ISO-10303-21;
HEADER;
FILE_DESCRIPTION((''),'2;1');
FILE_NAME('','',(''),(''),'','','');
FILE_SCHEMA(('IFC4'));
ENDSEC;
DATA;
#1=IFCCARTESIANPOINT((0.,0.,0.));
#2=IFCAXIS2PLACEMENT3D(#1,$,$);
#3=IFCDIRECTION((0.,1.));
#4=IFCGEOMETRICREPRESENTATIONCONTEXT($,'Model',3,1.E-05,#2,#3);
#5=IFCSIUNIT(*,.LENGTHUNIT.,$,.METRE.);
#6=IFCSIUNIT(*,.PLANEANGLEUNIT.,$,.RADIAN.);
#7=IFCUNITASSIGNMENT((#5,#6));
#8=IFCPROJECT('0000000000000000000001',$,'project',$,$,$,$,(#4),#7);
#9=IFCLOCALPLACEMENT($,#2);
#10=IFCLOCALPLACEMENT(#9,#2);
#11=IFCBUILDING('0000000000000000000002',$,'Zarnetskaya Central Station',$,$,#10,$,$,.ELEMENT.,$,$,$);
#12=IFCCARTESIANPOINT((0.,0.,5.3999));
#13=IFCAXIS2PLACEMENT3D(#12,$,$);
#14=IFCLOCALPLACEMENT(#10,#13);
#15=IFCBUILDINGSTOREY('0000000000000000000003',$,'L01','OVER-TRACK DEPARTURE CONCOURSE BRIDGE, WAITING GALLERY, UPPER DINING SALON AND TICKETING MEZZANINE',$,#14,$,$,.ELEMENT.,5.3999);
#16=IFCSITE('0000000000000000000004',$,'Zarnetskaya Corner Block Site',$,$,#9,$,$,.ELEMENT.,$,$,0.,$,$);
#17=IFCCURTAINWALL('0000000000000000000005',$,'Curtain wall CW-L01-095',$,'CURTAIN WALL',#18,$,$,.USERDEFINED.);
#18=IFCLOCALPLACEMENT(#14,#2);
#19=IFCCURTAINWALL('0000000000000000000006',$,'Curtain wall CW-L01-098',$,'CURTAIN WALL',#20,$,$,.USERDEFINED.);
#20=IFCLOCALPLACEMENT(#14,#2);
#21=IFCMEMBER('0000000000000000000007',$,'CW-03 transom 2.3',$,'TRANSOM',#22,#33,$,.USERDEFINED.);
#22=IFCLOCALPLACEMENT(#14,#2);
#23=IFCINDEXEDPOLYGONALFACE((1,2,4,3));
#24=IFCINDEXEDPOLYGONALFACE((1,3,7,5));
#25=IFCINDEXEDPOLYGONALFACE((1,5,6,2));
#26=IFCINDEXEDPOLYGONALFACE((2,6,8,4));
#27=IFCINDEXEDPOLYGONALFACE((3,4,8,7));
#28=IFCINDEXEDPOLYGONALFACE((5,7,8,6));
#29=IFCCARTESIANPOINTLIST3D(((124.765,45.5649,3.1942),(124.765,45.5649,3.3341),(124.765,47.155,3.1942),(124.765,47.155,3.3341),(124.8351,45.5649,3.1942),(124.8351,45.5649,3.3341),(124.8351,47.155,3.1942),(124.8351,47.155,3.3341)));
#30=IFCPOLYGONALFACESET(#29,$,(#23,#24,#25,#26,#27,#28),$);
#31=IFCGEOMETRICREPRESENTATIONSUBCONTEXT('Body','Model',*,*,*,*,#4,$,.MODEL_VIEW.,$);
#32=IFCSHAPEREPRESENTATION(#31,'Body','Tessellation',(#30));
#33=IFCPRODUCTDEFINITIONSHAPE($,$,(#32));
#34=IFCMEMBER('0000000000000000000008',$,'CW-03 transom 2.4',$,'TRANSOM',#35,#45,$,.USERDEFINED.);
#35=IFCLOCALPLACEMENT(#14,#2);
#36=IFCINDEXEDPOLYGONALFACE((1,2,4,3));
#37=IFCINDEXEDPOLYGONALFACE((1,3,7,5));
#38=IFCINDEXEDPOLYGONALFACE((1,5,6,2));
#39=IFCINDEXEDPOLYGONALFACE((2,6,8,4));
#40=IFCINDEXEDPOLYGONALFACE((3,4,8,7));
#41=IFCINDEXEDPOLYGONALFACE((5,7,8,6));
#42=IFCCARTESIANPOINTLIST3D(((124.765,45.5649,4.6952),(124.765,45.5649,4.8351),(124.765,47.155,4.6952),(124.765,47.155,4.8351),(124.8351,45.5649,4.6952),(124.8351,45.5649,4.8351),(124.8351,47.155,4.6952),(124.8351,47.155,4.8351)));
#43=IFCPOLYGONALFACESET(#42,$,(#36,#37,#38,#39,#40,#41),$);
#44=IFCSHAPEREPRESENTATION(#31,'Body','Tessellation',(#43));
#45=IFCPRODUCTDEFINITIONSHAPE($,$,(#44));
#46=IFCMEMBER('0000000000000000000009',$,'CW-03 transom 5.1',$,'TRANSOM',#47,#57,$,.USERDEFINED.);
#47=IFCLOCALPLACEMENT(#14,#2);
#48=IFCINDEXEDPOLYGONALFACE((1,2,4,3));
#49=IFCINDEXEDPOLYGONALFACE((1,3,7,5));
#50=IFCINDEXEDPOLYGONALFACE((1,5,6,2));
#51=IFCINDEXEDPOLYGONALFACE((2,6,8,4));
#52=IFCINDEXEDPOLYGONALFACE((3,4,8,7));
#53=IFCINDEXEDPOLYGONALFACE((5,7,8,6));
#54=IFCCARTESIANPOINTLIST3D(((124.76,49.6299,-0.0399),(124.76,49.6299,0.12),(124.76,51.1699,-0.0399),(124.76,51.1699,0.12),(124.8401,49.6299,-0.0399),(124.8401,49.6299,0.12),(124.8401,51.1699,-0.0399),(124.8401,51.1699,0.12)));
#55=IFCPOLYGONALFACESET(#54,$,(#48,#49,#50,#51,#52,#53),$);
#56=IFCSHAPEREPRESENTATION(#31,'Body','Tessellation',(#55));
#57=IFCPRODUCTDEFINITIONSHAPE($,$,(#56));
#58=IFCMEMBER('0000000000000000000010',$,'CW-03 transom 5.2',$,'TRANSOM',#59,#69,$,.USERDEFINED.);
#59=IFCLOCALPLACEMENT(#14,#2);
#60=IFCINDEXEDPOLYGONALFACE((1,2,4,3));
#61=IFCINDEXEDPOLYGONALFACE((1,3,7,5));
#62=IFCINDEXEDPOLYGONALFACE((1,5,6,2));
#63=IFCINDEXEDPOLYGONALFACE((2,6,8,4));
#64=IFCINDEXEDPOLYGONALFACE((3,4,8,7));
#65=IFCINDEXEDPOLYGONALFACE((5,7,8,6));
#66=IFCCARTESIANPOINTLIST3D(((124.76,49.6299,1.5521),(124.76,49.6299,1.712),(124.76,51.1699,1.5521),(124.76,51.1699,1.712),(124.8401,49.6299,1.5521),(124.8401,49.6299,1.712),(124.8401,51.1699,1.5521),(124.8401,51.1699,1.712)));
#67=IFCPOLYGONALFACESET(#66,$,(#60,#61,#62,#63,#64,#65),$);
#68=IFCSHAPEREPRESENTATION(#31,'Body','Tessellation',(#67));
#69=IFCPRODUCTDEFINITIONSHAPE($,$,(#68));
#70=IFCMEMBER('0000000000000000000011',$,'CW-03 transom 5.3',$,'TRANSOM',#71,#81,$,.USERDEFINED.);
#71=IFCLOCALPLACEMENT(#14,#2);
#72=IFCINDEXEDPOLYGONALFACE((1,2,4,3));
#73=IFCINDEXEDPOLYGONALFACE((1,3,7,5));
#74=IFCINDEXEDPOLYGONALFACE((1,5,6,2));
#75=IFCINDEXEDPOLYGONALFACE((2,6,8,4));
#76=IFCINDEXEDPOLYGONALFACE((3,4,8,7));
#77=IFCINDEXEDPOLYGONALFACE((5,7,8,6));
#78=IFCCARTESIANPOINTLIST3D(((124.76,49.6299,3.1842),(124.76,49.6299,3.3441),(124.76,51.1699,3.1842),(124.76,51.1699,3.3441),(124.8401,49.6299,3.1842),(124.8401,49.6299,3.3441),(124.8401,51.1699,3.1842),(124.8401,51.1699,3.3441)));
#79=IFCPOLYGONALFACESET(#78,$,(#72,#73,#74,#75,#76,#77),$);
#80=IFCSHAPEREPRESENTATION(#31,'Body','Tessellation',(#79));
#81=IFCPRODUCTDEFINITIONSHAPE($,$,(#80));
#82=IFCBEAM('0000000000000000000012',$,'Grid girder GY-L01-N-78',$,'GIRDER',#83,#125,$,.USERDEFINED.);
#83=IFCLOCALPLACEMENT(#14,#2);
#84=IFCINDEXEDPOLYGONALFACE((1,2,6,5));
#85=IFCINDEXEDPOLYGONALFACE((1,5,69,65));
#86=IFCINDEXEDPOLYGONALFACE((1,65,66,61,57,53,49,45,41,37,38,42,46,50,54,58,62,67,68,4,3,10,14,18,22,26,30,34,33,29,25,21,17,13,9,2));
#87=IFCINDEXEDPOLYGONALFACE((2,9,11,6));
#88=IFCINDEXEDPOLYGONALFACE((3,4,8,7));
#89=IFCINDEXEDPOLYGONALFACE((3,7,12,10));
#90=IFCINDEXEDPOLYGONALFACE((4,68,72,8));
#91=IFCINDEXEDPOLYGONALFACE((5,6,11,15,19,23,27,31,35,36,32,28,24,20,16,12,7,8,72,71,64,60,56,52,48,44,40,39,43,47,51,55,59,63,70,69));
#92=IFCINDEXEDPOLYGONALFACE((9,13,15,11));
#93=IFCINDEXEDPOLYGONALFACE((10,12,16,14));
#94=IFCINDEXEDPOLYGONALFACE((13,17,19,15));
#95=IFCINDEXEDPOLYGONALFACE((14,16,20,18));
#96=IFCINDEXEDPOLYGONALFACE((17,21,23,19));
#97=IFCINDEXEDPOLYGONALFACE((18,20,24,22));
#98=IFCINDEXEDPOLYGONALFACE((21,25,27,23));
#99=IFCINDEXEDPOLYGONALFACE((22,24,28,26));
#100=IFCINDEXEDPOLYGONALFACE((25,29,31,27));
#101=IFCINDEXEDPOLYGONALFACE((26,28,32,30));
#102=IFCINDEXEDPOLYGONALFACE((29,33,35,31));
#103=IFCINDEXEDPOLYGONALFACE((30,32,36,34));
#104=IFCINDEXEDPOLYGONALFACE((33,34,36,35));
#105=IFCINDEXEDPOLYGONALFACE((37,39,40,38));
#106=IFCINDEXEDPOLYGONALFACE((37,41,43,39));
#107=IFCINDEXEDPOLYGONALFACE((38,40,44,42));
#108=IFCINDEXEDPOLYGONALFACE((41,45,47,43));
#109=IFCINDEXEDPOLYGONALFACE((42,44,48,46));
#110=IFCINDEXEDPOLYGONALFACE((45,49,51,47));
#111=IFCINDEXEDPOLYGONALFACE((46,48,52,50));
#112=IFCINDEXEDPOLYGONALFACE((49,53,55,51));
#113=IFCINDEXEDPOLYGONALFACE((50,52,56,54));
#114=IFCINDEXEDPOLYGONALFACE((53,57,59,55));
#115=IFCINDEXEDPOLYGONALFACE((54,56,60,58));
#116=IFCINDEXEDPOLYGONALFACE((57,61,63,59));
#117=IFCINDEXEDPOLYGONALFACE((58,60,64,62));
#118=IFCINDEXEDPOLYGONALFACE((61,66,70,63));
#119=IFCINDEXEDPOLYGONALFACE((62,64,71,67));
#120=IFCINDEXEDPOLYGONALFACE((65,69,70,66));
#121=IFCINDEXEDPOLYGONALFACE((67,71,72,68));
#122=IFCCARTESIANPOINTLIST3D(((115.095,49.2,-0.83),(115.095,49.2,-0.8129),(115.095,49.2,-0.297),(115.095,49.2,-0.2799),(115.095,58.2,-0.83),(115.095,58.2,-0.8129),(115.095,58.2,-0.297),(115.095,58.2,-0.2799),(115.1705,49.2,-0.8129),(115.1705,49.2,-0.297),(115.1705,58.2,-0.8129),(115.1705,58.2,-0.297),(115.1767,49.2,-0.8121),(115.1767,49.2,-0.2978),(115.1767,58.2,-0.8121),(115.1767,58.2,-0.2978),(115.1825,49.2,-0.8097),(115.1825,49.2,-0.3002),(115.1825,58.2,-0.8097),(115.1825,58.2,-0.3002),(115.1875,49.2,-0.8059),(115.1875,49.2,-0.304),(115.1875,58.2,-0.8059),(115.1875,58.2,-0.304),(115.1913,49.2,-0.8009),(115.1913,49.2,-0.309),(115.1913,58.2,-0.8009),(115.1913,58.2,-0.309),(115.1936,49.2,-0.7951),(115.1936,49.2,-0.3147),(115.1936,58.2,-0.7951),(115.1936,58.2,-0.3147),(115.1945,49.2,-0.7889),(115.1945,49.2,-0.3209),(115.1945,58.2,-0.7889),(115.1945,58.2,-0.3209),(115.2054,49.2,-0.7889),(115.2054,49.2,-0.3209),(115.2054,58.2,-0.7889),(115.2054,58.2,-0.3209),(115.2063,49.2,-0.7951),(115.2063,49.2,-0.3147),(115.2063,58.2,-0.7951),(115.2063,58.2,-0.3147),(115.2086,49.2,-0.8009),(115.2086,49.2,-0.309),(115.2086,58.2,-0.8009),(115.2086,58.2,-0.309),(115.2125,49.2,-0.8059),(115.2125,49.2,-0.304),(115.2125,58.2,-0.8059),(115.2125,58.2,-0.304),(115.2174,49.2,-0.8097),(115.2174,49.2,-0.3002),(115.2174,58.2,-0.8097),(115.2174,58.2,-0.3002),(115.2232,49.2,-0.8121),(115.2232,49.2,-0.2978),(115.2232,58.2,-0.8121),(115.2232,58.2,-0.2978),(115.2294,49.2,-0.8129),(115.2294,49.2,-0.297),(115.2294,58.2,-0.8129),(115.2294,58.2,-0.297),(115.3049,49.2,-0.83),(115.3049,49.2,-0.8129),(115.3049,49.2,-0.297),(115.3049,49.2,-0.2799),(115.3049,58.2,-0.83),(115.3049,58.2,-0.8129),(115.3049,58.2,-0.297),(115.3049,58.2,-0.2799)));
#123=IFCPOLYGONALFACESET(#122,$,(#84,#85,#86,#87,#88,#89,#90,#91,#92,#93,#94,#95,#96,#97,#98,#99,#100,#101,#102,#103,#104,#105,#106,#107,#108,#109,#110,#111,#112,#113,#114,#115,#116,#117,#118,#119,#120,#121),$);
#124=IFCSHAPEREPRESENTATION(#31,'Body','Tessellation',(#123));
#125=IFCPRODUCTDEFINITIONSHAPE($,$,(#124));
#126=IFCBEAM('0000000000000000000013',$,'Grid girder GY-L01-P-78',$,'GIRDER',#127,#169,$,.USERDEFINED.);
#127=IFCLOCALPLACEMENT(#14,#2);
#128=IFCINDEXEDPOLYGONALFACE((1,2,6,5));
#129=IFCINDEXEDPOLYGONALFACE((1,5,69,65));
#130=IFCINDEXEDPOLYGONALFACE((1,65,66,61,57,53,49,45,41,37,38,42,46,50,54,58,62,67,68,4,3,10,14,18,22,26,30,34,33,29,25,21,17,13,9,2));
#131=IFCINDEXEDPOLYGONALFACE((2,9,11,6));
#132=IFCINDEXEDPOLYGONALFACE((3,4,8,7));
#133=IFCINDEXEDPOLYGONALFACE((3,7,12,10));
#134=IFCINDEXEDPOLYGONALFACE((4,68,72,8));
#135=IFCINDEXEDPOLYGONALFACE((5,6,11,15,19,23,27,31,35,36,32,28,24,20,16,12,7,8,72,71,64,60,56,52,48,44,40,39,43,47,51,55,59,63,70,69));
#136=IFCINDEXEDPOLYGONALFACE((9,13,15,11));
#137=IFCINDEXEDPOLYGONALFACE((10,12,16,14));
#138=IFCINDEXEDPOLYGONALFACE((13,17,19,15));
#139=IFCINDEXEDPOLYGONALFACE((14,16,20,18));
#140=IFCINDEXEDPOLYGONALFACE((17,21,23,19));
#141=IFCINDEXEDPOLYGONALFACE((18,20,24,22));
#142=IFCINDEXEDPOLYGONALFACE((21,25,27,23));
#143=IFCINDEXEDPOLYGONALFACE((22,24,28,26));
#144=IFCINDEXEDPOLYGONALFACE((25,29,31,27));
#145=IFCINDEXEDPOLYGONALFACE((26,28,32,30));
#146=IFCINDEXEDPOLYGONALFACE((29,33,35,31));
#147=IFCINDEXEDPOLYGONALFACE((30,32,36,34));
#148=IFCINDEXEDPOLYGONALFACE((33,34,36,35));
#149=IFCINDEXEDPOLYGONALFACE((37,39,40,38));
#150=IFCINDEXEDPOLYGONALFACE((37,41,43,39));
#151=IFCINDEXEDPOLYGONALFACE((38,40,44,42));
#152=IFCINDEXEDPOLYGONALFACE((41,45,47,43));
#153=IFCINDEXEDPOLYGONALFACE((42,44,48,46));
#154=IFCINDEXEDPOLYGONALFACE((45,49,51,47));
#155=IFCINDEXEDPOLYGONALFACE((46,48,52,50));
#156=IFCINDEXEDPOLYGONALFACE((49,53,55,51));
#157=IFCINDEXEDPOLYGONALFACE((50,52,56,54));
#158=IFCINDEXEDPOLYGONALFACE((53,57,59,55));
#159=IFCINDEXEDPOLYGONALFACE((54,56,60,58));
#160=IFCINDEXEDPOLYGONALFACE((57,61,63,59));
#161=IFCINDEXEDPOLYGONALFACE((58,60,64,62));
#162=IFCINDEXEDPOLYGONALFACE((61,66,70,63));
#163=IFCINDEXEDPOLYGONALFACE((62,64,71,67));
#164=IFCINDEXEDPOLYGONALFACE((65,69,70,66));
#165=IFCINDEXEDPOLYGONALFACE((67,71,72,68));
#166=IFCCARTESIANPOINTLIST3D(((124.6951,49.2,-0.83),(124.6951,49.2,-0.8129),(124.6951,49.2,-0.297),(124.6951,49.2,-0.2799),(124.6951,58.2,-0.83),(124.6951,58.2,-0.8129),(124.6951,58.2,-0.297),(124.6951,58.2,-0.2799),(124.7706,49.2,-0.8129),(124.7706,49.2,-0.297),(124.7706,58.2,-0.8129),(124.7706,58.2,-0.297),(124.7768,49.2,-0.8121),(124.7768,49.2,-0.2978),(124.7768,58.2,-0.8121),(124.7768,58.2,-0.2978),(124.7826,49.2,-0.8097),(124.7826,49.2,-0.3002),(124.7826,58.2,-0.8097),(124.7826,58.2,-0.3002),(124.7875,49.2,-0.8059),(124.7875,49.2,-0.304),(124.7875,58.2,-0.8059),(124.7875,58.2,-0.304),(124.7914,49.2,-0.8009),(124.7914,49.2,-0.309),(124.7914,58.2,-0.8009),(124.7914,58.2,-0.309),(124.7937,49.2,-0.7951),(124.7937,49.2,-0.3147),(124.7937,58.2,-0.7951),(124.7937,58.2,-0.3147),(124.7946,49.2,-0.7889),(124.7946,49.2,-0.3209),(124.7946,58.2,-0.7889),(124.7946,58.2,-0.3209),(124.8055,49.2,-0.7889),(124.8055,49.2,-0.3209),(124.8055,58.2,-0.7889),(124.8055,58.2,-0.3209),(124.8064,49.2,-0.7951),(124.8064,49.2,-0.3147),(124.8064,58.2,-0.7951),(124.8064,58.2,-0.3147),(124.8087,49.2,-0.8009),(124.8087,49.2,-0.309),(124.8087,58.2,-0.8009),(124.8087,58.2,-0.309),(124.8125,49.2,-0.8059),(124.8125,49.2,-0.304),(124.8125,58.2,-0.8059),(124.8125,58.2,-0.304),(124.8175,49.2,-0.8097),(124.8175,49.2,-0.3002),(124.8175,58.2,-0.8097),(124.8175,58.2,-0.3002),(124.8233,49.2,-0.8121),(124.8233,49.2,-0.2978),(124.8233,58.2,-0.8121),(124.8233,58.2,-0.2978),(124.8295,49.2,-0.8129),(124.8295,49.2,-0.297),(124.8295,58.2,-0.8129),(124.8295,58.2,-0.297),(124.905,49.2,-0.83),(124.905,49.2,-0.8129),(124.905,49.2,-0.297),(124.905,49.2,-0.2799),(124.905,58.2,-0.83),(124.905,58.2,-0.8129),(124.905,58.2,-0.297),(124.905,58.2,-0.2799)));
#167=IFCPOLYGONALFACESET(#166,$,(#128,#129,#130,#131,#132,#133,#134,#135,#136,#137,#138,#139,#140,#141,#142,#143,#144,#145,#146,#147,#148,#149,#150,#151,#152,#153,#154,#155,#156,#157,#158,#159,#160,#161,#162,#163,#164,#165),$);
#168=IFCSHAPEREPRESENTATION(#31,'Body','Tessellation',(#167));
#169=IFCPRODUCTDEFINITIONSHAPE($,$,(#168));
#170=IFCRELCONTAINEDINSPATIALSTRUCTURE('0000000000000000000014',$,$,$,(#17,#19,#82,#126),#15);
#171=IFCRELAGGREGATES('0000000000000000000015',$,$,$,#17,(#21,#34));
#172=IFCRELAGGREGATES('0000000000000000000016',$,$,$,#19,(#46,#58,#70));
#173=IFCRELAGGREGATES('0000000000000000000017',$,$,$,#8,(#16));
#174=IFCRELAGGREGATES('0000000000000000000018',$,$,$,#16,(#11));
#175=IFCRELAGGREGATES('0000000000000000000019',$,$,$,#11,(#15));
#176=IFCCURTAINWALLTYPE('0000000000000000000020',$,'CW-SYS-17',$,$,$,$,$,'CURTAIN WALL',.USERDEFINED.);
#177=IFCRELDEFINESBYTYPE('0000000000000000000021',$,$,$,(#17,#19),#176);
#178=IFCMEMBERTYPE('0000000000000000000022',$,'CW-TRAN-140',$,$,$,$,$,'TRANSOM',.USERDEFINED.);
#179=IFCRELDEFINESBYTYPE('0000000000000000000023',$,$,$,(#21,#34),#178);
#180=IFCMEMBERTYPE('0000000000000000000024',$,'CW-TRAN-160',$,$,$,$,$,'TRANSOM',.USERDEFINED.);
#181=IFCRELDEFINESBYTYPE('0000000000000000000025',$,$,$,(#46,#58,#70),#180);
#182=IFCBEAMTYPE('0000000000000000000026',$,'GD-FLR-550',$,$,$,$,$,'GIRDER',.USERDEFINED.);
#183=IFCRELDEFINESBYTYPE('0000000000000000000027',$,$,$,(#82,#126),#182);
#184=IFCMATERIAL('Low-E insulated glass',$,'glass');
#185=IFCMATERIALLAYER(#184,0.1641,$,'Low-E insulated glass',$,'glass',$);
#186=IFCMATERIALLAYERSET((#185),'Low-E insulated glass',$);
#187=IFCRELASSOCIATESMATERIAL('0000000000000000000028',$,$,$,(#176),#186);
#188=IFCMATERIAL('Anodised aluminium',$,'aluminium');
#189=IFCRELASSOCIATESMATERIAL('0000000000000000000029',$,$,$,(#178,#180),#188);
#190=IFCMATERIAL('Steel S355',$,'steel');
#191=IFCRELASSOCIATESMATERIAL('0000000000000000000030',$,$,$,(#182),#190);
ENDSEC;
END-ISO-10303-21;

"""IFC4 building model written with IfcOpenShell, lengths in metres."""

from ifc_helpers import new_model, si_unit, direction, frame, origin, origin_2d, place, context, subcontext, project, spatial, rectangle, i_section, extrude, material, layer, layer_set, material_profile, profile_set, type_object, element, aggregate, save


model = new_model("IFC4")

# Units and contexts
model_context = context("Model", 3, precision=1e-05, world=origin(), true_north=direction((0.0, 1.0)))
body_context = subcontext(model_context, "Body", "Model", "MODEL_VIEW")
ifc_project = project(units=[si_unit("LENGTHUNIT", "METRE"), si_unit("PLANEANGLEUNIT", "RADIAN")], contexts=[model_context])

# Site, building, storey
site_placement = place(None, origin())
site = spatial("IfcSite", under=ifc_project, at=site_placement, Name="Zarnetskaya Corner Block Site", CompositionType="ELEMENT", RefElevation=0.0)
building_placement = place(site_placement, origin())
building = spatial("IfcBuilding", under=site, at=building_placement, Name="Zarnetskaya Central Station", CompositionType="ELEMENT")
storey_placement = place(building_placement, frame((0.0, 0.0, 5.3999)))
storey = spatial("IfcBuildingStorey", under=building, at=storey_placement, Name="L01", Description="OVER-TRACK DEPARTURE CONCOURSE BRIDGE, WAITING GALLERY, UPPER DINING SALON AND TICKETING MEZZANINE", CompositionType="ELEMENT", Elevation=5.3999)

# Shared definitions
ifc_material_1 = material(Name="Steel S355", Category="steel")

# Curtain wall
ifc_material_2 = material(Name="Low-E insulated glass", Category="glass")
ifc_layer_1 = layer(ifc_material_2, 0.1641, Name="Low-E insulated glass", Category="glass")
ifc_layer_set_1 = layer_set([ifc_layer_1], Name="Low-E insulated glass")
curtain_wall_type = type_object("IfcCurtainWallType", Name="CW-SYS-17", ElementType="CURTAIN WALL", PredefinedType="USERDEFINED", material=ifc_layer_set_1)
curtain_wall_1_placement = place(storey_placement, origin())
curtain_wall_1 = element("IfcCurtainWall", 1, at=curtain_wall_1_placement, inside=storey, type_object=curtain_wall_type, Name="Curtain wall CW-L01-095", ObjectType="CURTAIN WALL", PredefinedType="USERDEFINED")
ifc_material_3 = material(Name="Anodised aluminium", Category="aluminium")

# Curtain wall
curtain_wall_2_placement = place(storey_placement, origin())
curtain_wall_2 = element("IfcCurtainWall", 2, at=curtain_wall_2_placement, inside=storey, type_object=curtain_wall_type, Name="Curtain wall CW-L01-098", ObjectType="CURTAIN WALL", PredefinedType="USERDEFINED")

# Members
ifc_material_profile_1 = material_profile(ifc_material_3, rectangle(XDim=0.0701, YDim=0.1399, at=origin_2d()), Name="ALU TRAN 70x140")
ifc_profile_set_1 = profile_set([ifc_material_profile_1], Name="Anodised aluminium")
member_type_1 = type_object("IfcMemberType", Name="CW-TRAN-140", ElementType="TRANSOM", PredefinedType="USERDEFINED", material=ifc_profile_set_1)
member_1_placement = place(storey_placement, frame((124.8, 47.155, 3.2642), z_axis=(0.0, -1.0, 0.0), x_axis=(1.0, 0.0, 0.0)))
member_1 = element("IfcMember", 3, at=member_1_placement, type_object=member_type_1, Name="CW-03 transom 2.3", ObjectType="TRANSOM", PredefinedType="USERDEFINED", context=body_context, shape_type="SweptSolid", body=[
    extrude(rectangle(XDim=0.0701, YDim=0.1399, at=origin_2d()), origin(), (0.0, 0.0, 1.0), 1.5901),
])
member_2_placement = place(storey_placement, frame((124.8, 47.155, 4.7651), z_axis=(0.0, -1.0, 0.0), x_axis=(1.0, 0.0, 0.0)))
member_2 = element("IfcMember", 4, at=member_2_placement, type_object=member_type_1, Name="CW-03 transom 2.4", ObjectType="TRANSOM", PredefinedType="USERDEFINED", context=body_context, shape_type="SweptSolid", body=[
    extrude(rectangle(XDim=0.0701, YDim=0.1399, at=origin_2d()), origin(), (0.0, 0.0, 1.0), 1.5901),
])
ifc_material_profile_2 = material_profile(ifc_material_3, rectangle(XDim=0.0801, YDim=0.1599, at=origin_2d()), Name="ALU TRAN 80x160")
ifc_profile_set_2 = profile_set([ifc_material_profile_2], Name="Anodised aluminium")
member_type_2 = type_object("IfcMemberType", Name="CW-TRAN-160", ElementType="TRANSOM", PredefinedType="USERDEFINED", material=ifc_profile_set_2)
member_3_placement = place(storey_placement, frame((124.8, 51.1699, 0.04), z_axis=(0.0, -1.0, 0.0), x_axis=(1.0, 0.0, 0.0)))
member_3 = element("IfcMember", 5, at=member_3_placement, type_object=member_type_2, Name="CW-03 transom 5.1", ObjectType="TRANSOM", PredefinedType="USERDEFINED", context=body_context, shape_type="SweptSolid", body=[
    extrude(rectangle(XDim=0.0801, YDim=0.1599, at=origin_2d()), origin(), (0.0, 0.0, 1.0), 1.54),
])
member_4_placement = place(storey_placement, frame((124.8, 51.1699, 1.6321), z_axis=(0.0, -1.0, 0.0), x_axis=(1.0, 0.0, 0.0)))
member_4 = element("IfcMember", 6, at=member_4_placement, type_object=member_type_2, Name="CW-03 transom 5.2", ObjectType="TRANSOM", PredefinedType="USERDEFINED", context=body_context, shape_type="SweptSolid", body=[
    extrude(rectangle(XDim=0.0801, YDim=0.1599, at=origin_2d()), origin(), (0.0, 0.0, 1.0), 1.54),
])
member_5_placement = place(storey_placement, frame((124.8, 51.1699, 3.2642), z_axis=(0.0, -1.0, 0.0), x_axis=(1.0, 0.0, 0.0)))
member_5 = element("IfcMember", 7, at=member_5_placement, type_object=member_type_2, Name="CW-03 transom 5.3", ObjectType="TRANSOM", PredefinedType="USERDEFINED", context=body_context, shape_type="SweptSolid", body=[
    extrude(rectangle(XDim=0.0801, YDim=0.1599, at=origin_2d()), origin(), (0.0, 0.0, 1.0), 1.54),
])

# Beams
ifc_material_profile_3 = material_profile(ifc_material_1, i_section(OverallWidth=0.21, OverallDepth=0.55, WebThickness=0.011, FlangeThickness=0.0171, FilletRadius=0.0239, at=origin_2d()), Name="IPE 550")
ifc_profile_set_3 = profile_set([ifc_material_profile_3], Name="Steel S355")
beam_type_1 = type_object("IfcBeamType", Name="GD-FLR-550", ElementType="GIRDER", PredefinedType="USERDEFINED", material=ifc_profile_set_3)
for number, where, z_axis, x_axis, name in (
    (8, (115.2, 49.2, -0.5549), (0.0, 1.0, 0.0), (-1.0, 0.0, 0.0), "Grid girder GY-L01-N-78"),
    (9, (124.8, 49.2, -0.5549), (0.0, 1.0, 0.0), (-1.0, 0.0, 0.0), "Grid girder GY-L01-P-78"),
):
    element("IfcBeam", number, at=place(storey_placement, frame(where, z_axis=z_axis, x_axis=x_axis)), inside=storey, type_object=beam_type_1, Name=name, ObjectType="GIRDER", PredefinedType="USERDEFINED", context=body_context, shape_type="SweptSolid", body=[
        extrude(i_section(OverallWidth=0.21, OverallDepth=0.55, WebThickness=0.011, FlangeThickness=0.0171, FilletRadius=0.0239, at=origin_2d()), origin(), (0.0, 0.0, 1.0), 9.0),
    ])

aggregate(curtain_wall_1, [member_1, member_2])
aggregate(curtain_wall_2, [member_3, member_4, member_5])

save(model, "model.ifc")
